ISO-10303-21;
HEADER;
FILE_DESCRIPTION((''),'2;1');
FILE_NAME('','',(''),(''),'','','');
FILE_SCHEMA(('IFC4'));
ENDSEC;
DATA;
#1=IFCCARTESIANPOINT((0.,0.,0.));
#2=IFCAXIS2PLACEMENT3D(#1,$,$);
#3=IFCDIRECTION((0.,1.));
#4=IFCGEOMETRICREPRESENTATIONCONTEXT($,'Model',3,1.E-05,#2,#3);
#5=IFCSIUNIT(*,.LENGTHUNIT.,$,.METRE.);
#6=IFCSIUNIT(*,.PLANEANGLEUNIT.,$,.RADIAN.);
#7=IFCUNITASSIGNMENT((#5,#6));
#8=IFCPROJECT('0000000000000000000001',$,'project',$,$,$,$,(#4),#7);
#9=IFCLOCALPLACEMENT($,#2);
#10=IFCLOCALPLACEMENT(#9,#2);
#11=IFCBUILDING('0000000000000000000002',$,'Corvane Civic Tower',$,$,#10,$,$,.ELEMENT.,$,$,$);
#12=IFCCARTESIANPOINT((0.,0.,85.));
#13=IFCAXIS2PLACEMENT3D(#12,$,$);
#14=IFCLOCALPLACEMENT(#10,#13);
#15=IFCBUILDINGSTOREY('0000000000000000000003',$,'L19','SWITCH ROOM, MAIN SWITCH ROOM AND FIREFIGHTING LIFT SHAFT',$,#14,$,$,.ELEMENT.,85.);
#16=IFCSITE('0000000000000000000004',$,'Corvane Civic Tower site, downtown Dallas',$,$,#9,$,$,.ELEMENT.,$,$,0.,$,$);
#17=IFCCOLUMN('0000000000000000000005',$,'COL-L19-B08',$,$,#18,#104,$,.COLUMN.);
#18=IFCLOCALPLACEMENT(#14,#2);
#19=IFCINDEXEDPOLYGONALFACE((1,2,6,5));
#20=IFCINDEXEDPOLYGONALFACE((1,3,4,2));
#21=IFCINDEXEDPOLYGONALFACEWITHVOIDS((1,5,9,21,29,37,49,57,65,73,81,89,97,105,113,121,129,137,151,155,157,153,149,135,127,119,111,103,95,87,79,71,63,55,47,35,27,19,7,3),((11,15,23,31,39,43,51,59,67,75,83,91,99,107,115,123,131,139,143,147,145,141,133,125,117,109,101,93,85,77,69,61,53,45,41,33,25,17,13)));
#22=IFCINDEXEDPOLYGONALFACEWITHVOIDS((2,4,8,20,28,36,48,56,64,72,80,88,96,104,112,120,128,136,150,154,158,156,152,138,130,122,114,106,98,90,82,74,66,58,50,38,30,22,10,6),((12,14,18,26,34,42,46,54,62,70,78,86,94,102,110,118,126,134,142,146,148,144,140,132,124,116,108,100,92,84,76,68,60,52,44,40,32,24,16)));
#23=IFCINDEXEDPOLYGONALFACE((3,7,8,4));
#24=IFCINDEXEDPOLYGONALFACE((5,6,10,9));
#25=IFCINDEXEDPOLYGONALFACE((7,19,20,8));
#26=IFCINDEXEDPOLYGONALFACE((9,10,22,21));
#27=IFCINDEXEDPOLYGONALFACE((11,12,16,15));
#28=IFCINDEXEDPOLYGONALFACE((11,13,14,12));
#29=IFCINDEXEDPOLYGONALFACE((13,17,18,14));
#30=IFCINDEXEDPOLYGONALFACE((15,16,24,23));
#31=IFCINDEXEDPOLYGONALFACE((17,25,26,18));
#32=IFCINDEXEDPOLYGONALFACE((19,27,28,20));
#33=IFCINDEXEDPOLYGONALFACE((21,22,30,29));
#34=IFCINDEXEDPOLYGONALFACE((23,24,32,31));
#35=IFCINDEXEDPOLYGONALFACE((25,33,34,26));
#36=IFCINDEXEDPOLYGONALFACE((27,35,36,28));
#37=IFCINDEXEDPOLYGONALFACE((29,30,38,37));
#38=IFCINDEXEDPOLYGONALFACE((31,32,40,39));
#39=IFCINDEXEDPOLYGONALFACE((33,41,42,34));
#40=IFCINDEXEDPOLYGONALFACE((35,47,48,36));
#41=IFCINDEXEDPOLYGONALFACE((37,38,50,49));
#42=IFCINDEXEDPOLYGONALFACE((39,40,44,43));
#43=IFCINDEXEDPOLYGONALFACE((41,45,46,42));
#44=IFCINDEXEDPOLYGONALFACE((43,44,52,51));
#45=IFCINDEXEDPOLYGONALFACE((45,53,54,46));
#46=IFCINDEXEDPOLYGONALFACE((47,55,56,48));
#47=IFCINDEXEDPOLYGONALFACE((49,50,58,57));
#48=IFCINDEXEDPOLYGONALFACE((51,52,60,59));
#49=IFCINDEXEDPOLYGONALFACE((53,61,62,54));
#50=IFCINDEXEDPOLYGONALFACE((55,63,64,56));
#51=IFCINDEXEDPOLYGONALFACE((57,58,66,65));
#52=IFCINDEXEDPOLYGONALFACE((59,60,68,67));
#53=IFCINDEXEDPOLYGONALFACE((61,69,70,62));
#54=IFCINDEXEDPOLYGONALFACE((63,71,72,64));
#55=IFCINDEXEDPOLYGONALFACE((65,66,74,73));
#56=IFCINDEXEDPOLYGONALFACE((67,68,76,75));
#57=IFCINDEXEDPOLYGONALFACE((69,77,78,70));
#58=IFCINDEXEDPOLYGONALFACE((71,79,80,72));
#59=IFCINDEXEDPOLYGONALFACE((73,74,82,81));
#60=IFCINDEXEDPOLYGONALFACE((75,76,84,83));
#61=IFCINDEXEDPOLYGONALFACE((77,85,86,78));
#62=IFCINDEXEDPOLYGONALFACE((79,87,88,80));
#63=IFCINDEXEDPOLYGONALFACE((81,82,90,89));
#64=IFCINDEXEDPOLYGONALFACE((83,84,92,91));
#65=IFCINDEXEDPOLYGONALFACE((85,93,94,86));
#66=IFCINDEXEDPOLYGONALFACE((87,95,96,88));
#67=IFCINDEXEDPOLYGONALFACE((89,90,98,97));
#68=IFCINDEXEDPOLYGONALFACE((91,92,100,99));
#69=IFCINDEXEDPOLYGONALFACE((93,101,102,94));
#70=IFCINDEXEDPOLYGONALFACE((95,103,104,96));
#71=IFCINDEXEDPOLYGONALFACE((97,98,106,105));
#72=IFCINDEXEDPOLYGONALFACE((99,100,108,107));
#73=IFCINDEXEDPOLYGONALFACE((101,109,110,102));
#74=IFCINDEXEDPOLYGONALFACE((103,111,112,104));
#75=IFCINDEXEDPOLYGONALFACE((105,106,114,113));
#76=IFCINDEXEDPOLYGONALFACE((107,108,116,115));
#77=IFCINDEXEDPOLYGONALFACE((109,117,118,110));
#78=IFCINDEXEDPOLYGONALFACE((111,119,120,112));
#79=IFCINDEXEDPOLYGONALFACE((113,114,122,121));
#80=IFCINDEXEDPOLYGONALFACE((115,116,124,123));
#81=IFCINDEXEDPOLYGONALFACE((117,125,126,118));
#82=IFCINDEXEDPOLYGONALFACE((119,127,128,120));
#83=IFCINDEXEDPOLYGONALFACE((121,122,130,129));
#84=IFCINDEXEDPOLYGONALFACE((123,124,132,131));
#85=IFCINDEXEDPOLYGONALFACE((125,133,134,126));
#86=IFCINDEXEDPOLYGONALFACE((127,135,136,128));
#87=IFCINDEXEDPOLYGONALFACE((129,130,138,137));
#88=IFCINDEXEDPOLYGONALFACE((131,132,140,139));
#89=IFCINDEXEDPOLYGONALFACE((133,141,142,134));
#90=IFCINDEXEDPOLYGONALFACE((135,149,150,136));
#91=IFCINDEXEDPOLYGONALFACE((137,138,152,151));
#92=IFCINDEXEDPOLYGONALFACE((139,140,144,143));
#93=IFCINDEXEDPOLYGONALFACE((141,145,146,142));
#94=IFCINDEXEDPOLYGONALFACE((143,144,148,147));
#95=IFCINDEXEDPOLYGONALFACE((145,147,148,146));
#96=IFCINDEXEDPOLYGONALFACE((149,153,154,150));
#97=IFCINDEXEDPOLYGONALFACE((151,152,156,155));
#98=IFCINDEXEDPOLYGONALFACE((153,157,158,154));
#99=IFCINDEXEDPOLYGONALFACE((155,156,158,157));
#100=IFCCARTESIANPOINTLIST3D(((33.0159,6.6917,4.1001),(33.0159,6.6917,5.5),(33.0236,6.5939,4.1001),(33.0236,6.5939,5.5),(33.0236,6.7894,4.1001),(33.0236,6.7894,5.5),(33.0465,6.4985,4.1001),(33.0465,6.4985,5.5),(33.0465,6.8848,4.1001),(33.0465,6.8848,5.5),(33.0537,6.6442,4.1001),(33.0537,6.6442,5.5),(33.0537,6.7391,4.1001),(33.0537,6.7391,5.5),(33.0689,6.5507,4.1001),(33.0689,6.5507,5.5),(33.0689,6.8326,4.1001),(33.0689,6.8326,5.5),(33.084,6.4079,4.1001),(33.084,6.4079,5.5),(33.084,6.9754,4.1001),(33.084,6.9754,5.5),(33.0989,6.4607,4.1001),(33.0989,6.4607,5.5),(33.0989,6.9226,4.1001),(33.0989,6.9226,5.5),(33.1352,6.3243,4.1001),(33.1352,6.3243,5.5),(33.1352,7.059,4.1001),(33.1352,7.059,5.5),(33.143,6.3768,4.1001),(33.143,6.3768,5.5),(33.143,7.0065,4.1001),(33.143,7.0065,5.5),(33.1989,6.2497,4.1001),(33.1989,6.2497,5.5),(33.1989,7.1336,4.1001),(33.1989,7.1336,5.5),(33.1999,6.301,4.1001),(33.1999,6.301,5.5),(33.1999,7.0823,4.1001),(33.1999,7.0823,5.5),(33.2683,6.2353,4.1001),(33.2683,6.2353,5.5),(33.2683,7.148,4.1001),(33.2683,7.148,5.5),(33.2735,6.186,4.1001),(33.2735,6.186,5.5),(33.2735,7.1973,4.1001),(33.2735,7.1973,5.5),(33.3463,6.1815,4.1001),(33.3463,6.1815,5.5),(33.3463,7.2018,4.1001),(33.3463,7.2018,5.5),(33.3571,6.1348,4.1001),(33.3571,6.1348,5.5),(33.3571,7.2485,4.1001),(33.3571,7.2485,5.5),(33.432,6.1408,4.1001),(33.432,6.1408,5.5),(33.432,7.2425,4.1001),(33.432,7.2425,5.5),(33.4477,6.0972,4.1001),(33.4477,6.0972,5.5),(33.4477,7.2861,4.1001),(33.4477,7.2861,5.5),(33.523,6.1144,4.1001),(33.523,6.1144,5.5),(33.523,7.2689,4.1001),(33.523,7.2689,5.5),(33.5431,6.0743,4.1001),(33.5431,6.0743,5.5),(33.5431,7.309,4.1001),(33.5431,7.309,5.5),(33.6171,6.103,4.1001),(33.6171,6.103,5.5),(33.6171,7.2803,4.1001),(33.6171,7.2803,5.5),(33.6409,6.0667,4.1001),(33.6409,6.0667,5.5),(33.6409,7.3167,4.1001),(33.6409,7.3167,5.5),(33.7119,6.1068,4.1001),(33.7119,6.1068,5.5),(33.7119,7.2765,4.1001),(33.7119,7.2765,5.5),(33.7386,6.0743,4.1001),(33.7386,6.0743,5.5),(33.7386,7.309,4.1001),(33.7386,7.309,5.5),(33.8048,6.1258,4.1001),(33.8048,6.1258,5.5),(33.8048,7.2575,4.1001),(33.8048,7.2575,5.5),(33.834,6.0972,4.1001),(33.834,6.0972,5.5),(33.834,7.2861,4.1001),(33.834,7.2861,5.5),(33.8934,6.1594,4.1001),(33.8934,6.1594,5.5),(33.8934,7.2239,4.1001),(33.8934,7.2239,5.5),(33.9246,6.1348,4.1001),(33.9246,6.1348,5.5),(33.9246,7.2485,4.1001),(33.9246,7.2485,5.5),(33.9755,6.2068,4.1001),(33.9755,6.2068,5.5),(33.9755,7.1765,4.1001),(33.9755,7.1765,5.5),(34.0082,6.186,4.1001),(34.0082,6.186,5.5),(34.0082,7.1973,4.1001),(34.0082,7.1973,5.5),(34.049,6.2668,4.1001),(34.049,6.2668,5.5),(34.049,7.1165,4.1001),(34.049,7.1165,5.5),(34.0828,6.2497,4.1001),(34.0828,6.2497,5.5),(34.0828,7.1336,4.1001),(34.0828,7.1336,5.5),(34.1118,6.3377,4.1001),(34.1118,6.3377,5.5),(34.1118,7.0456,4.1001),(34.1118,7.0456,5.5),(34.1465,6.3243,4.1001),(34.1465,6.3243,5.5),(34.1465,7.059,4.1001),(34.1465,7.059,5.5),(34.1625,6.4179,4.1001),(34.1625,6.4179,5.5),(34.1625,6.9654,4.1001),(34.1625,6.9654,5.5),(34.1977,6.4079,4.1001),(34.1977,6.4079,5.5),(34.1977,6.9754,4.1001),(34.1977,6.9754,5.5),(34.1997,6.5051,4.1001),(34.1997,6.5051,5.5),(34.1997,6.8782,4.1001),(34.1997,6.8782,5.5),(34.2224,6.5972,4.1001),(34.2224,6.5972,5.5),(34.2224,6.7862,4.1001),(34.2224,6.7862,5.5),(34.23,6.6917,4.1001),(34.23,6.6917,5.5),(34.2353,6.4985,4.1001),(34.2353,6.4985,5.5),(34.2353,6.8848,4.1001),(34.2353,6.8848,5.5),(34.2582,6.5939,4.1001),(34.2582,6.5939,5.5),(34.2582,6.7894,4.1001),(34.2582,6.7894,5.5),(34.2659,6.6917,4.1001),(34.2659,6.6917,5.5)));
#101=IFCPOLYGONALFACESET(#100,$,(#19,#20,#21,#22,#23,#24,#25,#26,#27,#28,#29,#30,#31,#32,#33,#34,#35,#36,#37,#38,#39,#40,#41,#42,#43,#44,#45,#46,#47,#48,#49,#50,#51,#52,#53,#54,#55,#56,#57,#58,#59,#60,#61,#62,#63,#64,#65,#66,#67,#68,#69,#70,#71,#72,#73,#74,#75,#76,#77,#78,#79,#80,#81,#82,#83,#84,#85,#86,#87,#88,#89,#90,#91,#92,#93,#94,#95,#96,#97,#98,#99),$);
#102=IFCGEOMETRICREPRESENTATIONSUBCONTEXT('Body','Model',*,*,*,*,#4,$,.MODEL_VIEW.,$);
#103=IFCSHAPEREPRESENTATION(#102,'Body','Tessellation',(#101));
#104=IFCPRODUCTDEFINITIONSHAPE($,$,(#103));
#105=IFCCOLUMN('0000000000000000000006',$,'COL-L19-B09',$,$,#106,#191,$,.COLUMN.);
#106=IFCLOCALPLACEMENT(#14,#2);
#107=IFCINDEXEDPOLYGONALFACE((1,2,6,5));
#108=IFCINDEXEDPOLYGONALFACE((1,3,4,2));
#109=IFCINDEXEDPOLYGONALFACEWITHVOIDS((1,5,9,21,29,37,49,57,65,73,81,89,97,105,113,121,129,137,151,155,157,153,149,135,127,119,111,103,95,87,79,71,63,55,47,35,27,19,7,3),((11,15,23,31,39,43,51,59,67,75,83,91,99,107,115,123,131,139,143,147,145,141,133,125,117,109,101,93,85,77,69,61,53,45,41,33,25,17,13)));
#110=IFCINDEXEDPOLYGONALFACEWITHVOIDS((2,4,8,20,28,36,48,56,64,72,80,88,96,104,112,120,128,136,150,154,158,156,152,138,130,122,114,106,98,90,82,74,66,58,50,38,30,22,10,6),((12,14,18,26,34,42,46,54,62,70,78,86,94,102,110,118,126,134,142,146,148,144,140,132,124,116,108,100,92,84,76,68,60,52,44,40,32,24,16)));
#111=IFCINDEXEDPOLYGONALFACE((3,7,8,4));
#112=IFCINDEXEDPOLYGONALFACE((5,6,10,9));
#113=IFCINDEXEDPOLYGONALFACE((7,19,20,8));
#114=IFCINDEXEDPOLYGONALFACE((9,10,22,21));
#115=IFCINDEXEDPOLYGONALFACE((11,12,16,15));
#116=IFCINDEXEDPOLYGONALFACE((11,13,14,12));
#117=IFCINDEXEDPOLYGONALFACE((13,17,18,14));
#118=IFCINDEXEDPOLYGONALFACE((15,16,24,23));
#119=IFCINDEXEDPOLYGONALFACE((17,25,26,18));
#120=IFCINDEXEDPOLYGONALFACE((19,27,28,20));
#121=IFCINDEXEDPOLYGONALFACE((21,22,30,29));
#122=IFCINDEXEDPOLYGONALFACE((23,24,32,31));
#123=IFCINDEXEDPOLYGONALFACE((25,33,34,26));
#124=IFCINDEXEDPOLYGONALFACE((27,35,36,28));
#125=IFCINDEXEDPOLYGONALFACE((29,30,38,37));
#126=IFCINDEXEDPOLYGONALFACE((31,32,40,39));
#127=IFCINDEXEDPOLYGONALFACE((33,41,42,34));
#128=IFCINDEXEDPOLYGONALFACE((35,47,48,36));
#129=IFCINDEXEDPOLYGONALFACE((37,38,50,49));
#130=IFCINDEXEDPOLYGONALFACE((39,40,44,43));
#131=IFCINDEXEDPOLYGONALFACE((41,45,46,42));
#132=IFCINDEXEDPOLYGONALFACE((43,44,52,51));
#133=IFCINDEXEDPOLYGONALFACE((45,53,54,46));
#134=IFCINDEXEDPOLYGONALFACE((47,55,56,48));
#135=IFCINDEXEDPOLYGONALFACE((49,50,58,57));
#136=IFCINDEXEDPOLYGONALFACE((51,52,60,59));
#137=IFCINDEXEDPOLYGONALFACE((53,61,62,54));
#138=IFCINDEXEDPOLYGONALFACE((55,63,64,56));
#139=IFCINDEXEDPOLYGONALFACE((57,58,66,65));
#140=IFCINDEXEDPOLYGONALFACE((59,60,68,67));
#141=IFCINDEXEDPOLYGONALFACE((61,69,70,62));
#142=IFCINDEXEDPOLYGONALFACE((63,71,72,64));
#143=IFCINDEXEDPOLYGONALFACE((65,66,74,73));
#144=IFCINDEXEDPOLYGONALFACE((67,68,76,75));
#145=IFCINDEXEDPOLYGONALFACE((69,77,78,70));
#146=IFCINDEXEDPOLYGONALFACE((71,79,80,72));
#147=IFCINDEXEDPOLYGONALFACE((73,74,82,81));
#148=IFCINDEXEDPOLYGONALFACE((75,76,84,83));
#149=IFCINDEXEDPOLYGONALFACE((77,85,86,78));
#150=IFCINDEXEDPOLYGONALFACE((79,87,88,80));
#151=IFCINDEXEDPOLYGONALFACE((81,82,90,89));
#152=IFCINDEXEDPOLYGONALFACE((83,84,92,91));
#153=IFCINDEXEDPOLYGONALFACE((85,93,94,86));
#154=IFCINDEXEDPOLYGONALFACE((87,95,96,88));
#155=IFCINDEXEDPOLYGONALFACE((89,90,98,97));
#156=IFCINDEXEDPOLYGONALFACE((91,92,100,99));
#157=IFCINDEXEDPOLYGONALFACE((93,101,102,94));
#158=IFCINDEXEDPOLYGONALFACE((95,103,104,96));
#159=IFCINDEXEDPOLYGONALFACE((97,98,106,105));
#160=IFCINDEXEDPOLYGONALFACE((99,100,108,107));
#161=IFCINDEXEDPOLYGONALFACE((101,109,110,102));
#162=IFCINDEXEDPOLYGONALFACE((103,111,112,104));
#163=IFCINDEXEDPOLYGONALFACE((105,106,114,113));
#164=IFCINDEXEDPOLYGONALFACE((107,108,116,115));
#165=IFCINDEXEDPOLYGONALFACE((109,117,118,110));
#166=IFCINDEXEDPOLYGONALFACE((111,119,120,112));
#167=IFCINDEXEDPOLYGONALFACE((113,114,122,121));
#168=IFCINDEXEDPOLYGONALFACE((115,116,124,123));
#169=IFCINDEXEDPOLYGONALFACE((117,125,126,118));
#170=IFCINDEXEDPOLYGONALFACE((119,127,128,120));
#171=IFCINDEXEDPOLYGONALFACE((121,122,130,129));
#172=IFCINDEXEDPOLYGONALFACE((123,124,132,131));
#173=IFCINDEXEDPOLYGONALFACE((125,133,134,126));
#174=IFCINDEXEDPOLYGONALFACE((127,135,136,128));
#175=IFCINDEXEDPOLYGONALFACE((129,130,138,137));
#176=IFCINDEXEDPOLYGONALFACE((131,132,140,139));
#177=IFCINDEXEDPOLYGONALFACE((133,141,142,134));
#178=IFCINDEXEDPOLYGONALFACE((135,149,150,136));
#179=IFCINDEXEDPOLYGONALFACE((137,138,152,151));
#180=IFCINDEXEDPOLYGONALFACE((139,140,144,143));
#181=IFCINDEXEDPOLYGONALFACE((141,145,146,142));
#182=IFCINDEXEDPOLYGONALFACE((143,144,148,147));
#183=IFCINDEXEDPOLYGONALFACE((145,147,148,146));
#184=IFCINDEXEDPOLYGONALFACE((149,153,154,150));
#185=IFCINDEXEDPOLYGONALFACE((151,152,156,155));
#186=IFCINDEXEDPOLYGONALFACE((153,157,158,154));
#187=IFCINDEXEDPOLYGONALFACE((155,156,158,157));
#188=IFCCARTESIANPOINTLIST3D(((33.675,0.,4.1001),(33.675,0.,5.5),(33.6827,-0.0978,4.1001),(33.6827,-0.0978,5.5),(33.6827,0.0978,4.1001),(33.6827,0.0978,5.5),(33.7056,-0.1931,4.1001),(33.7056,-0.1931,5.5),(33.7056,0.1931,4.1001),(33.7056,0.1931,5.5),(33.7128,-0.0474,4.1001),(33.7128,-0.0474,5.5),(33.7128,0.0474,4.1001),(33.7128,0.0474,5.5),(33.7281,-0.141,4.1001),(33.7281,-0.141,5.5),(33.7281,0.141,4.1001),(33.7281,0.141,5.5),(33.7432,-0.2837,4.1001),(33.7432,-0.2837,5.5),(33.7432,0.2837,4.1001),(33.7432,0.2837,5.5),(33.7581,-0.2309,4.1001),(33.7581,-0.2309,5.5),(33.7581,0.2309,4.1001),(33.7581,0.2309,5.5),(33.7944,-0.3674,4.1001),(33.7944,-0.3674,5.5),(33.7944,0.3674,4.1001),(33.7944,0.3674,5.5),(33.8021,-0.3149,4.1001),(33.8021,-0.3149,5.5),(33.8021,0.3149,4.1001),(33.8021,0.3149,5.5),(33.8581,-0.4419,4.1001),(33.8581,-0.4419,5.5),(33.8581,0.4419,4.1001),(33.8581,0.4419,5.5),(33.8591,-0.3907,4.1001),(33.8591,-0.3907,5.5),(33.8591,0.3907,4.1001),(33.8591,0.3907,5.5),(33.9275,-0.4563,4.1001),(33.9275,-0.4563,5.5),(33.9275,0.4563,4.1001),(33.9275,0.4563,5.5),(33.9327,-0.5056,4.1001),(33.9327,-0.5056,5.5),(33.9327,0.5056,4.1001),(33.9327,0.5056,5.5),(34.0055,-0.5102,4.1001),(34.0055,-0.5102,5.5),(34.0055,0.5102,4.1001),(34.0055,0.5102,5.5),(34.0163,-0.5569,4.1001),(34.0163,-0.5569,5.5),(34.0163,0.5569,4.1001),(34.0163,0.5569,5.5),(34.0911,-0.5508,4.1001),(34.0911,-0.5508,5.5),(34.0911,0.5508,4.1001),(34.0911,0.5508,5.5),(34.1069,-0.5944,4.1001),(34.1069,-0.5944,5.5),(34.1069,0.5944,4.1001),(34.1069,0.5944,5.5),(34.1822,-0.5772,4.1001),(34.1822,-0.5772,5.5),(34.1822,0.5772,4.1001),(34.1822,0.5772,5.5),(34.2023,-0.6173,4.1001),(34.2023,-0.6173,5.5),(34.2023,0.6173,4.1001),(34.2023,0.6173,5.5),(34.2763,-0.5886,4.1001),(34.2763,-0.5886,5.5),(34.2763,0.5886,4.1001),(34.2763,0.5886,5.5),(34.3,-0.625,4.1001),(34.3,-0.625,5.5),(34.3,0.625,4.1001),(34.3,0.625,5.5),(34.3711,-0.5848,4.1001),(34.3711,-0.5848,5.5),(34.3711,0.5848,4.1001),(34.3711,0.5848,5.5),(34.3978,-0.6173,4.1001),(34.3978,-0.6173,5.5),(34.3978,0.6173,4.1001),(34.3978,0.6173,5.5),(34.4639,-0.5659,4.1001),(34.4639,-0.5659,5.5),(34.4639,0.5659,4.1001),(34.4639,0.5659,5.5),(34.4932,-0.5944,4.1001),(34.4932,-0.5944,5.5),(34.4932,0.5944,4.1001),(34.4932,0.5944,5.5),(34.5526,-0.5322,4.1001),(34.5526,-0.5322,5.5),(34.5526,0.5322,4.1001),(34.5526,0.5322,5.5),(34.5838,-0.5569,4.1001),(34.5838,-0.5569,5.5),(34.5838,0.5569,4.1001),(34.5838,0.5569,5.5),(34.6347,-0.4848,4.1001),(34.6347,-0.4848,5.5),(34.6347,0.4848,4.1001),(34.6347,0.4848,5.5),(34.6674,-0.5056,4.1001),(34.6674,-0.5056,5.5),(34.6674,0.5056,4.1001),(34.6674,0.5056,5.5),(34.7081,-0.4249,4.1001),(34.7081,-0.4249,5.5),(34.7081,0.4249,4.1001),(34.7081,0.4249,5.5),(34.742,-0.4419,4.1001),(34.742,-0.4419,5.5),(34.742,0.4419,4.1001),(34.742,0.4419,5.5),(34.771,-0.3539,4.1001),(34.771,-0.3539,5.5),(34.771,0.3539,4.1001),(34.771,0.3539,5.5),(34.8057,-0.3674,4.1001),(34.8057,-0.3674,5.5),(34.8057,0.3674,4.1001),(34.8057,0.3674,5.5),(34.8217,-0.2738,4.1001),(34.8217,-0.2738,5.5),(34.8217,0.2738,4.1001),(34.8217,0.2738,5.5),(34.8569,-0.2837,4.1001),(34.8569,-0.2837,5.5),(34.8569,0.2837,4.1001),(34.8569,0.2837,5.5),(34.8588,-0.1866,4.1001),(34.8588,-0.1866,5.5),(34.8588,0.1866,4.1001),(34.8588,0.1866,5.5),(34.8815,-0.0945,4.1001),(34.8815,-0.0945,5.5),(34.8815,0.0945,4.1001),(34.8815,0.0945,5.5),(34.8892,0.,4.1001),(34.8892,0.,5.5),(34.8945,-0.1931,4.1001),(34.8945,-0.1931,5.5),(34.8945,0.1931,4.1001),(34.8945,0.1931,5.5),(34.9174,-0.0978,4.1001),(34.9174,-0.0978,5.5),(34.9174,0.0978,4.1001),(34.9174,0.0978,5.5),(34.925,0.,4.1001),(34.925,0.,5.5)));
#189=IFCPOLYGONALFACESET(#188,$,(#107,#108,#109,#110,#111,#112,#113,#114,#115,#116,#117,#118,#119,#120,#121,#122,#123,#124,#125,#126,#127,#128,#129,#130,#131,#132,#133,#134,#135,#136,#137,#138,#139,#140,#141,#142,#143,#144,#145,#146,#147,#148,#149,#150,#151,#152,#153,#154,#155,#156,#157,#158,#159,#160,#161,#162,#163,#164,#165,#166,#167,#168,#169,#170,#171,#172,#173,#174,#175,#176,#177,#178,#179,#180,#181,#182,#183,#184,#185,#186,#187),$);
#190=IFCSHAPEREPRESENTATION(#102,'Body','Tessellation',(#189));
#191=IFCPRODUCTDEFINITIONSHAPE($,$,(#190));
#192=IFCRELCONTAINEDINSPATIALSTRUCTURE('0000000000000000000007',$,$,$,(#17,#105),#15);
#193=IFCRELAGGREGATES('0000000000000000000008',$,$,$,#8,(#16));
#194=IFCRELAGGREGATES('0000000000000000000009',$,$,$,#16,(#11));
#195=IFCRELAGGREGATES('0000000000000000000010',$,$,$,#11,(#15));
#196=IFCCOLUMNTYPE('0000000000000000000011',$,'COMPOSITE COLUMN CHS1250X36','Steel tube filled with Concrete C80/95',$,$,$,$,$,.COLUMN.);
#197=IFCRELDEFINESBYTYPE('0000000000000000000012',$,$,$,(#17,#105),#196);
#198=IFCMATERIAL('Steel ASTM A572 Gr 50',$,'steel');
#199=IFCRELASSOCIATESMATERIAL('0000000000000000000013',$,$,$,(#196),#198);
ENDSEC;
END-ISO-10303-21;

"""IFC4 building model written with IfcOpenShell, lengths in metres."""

from ifc_helpers import new_model, si_unit, direction, frame, origin, origin_2d, place, context, subcontext, project, spatial, hollow_circle, extrude, material, material_profile, profile_set, type_object, element, save


model = new_model("IFC4")

# Units and contexts
model_context = context("Model", 3, precision=1e-05, world=origin(), true_north=direction((0.0, 1.0)))
body_context = subcontext(model_context, "Body", "Model", "MODEL_VIEW")
ifc_project = project(units=[si_unit("LENGTHUNIT", "METRE"), si_unit("PLANEANGLEUNIT", "RADIAN")], contexts=[model_context])

# Site, building, storey
site_placement = place(None, origin())
site = spatial("IfcSite", under=ifc_project, at=site_placement, Name="Corvane Civic Tower site, downtown Dallas", CompositionType="ELEMENT", RefElevation=0.0)
building_placement = place(site_placement, origin())
building = spatial("IfcBuilding", under=site, at=building_placement, Name="Corvane Civic Tower", CompositionType="ELEMENT")
storey_placement = place(building_placement, frame((0.0, 0.0, 85.0)))
storey = spatial("IfcBuildingStorey", under=building, at=storey_placement, Name="L19", Description="SWITCH ROOM, MAIN SWITCH ROOM AND FIREFIGHTING LIFT SHAFT", CompositionType="ELEMENT", Elevation=85.0)

# Columns
ifc_material_1 = material(Name="Steel ASTM A572 Gr 50", Category="steel")
ifc_material_profile_1 = material_profile(ifc_material_1, hollow_circle(Radius=0.625, WallThickness=0.0359, at=origin_2d()), Name="CHS1250X36")
ifc_profile_set_1 = profile_set([ifc_material_profile_1], Name="Steel ASTM A572 Gr 50")
column_type_1 = type_object("IfcColumnType", Name="COMPOSITE COLUMN CHS1250X36", Description="Steel tube filled with Concrete C80/95", PredefinedType="COLUMN", material=ifc_profile_set_1)
for number, where, z_axis, x_axis, name in (
    (1, (33.6409, 6.6917, 4.1001), (0.0, 0.0, 1.0), (1.0, 0.0, 0.0), "COL-L19-B08"),
    (2, (34.3, 0.0, 4.1001), (0.0, 0.0, 1.0), (1.0, 0.0, 0.0), "COL-L19-B09"),
):
    element("IfcColumn", number, at=place(storey_placement, frame(where, z_axis=z_axis, x_axis=x_axis)), inside=storey, type_object=column_type_1, Name=name, PredefinedType="COLUMN", context=body_context, shape_type="SweptSolid", body=[
        extrude(hollow_circle(Radius=0.625, WallThickness=0.0359, at=origin_2d()), origin(), (0.0, 0.0, 1.0), 1.3999),
    ])

save(model, "model.ifc")
